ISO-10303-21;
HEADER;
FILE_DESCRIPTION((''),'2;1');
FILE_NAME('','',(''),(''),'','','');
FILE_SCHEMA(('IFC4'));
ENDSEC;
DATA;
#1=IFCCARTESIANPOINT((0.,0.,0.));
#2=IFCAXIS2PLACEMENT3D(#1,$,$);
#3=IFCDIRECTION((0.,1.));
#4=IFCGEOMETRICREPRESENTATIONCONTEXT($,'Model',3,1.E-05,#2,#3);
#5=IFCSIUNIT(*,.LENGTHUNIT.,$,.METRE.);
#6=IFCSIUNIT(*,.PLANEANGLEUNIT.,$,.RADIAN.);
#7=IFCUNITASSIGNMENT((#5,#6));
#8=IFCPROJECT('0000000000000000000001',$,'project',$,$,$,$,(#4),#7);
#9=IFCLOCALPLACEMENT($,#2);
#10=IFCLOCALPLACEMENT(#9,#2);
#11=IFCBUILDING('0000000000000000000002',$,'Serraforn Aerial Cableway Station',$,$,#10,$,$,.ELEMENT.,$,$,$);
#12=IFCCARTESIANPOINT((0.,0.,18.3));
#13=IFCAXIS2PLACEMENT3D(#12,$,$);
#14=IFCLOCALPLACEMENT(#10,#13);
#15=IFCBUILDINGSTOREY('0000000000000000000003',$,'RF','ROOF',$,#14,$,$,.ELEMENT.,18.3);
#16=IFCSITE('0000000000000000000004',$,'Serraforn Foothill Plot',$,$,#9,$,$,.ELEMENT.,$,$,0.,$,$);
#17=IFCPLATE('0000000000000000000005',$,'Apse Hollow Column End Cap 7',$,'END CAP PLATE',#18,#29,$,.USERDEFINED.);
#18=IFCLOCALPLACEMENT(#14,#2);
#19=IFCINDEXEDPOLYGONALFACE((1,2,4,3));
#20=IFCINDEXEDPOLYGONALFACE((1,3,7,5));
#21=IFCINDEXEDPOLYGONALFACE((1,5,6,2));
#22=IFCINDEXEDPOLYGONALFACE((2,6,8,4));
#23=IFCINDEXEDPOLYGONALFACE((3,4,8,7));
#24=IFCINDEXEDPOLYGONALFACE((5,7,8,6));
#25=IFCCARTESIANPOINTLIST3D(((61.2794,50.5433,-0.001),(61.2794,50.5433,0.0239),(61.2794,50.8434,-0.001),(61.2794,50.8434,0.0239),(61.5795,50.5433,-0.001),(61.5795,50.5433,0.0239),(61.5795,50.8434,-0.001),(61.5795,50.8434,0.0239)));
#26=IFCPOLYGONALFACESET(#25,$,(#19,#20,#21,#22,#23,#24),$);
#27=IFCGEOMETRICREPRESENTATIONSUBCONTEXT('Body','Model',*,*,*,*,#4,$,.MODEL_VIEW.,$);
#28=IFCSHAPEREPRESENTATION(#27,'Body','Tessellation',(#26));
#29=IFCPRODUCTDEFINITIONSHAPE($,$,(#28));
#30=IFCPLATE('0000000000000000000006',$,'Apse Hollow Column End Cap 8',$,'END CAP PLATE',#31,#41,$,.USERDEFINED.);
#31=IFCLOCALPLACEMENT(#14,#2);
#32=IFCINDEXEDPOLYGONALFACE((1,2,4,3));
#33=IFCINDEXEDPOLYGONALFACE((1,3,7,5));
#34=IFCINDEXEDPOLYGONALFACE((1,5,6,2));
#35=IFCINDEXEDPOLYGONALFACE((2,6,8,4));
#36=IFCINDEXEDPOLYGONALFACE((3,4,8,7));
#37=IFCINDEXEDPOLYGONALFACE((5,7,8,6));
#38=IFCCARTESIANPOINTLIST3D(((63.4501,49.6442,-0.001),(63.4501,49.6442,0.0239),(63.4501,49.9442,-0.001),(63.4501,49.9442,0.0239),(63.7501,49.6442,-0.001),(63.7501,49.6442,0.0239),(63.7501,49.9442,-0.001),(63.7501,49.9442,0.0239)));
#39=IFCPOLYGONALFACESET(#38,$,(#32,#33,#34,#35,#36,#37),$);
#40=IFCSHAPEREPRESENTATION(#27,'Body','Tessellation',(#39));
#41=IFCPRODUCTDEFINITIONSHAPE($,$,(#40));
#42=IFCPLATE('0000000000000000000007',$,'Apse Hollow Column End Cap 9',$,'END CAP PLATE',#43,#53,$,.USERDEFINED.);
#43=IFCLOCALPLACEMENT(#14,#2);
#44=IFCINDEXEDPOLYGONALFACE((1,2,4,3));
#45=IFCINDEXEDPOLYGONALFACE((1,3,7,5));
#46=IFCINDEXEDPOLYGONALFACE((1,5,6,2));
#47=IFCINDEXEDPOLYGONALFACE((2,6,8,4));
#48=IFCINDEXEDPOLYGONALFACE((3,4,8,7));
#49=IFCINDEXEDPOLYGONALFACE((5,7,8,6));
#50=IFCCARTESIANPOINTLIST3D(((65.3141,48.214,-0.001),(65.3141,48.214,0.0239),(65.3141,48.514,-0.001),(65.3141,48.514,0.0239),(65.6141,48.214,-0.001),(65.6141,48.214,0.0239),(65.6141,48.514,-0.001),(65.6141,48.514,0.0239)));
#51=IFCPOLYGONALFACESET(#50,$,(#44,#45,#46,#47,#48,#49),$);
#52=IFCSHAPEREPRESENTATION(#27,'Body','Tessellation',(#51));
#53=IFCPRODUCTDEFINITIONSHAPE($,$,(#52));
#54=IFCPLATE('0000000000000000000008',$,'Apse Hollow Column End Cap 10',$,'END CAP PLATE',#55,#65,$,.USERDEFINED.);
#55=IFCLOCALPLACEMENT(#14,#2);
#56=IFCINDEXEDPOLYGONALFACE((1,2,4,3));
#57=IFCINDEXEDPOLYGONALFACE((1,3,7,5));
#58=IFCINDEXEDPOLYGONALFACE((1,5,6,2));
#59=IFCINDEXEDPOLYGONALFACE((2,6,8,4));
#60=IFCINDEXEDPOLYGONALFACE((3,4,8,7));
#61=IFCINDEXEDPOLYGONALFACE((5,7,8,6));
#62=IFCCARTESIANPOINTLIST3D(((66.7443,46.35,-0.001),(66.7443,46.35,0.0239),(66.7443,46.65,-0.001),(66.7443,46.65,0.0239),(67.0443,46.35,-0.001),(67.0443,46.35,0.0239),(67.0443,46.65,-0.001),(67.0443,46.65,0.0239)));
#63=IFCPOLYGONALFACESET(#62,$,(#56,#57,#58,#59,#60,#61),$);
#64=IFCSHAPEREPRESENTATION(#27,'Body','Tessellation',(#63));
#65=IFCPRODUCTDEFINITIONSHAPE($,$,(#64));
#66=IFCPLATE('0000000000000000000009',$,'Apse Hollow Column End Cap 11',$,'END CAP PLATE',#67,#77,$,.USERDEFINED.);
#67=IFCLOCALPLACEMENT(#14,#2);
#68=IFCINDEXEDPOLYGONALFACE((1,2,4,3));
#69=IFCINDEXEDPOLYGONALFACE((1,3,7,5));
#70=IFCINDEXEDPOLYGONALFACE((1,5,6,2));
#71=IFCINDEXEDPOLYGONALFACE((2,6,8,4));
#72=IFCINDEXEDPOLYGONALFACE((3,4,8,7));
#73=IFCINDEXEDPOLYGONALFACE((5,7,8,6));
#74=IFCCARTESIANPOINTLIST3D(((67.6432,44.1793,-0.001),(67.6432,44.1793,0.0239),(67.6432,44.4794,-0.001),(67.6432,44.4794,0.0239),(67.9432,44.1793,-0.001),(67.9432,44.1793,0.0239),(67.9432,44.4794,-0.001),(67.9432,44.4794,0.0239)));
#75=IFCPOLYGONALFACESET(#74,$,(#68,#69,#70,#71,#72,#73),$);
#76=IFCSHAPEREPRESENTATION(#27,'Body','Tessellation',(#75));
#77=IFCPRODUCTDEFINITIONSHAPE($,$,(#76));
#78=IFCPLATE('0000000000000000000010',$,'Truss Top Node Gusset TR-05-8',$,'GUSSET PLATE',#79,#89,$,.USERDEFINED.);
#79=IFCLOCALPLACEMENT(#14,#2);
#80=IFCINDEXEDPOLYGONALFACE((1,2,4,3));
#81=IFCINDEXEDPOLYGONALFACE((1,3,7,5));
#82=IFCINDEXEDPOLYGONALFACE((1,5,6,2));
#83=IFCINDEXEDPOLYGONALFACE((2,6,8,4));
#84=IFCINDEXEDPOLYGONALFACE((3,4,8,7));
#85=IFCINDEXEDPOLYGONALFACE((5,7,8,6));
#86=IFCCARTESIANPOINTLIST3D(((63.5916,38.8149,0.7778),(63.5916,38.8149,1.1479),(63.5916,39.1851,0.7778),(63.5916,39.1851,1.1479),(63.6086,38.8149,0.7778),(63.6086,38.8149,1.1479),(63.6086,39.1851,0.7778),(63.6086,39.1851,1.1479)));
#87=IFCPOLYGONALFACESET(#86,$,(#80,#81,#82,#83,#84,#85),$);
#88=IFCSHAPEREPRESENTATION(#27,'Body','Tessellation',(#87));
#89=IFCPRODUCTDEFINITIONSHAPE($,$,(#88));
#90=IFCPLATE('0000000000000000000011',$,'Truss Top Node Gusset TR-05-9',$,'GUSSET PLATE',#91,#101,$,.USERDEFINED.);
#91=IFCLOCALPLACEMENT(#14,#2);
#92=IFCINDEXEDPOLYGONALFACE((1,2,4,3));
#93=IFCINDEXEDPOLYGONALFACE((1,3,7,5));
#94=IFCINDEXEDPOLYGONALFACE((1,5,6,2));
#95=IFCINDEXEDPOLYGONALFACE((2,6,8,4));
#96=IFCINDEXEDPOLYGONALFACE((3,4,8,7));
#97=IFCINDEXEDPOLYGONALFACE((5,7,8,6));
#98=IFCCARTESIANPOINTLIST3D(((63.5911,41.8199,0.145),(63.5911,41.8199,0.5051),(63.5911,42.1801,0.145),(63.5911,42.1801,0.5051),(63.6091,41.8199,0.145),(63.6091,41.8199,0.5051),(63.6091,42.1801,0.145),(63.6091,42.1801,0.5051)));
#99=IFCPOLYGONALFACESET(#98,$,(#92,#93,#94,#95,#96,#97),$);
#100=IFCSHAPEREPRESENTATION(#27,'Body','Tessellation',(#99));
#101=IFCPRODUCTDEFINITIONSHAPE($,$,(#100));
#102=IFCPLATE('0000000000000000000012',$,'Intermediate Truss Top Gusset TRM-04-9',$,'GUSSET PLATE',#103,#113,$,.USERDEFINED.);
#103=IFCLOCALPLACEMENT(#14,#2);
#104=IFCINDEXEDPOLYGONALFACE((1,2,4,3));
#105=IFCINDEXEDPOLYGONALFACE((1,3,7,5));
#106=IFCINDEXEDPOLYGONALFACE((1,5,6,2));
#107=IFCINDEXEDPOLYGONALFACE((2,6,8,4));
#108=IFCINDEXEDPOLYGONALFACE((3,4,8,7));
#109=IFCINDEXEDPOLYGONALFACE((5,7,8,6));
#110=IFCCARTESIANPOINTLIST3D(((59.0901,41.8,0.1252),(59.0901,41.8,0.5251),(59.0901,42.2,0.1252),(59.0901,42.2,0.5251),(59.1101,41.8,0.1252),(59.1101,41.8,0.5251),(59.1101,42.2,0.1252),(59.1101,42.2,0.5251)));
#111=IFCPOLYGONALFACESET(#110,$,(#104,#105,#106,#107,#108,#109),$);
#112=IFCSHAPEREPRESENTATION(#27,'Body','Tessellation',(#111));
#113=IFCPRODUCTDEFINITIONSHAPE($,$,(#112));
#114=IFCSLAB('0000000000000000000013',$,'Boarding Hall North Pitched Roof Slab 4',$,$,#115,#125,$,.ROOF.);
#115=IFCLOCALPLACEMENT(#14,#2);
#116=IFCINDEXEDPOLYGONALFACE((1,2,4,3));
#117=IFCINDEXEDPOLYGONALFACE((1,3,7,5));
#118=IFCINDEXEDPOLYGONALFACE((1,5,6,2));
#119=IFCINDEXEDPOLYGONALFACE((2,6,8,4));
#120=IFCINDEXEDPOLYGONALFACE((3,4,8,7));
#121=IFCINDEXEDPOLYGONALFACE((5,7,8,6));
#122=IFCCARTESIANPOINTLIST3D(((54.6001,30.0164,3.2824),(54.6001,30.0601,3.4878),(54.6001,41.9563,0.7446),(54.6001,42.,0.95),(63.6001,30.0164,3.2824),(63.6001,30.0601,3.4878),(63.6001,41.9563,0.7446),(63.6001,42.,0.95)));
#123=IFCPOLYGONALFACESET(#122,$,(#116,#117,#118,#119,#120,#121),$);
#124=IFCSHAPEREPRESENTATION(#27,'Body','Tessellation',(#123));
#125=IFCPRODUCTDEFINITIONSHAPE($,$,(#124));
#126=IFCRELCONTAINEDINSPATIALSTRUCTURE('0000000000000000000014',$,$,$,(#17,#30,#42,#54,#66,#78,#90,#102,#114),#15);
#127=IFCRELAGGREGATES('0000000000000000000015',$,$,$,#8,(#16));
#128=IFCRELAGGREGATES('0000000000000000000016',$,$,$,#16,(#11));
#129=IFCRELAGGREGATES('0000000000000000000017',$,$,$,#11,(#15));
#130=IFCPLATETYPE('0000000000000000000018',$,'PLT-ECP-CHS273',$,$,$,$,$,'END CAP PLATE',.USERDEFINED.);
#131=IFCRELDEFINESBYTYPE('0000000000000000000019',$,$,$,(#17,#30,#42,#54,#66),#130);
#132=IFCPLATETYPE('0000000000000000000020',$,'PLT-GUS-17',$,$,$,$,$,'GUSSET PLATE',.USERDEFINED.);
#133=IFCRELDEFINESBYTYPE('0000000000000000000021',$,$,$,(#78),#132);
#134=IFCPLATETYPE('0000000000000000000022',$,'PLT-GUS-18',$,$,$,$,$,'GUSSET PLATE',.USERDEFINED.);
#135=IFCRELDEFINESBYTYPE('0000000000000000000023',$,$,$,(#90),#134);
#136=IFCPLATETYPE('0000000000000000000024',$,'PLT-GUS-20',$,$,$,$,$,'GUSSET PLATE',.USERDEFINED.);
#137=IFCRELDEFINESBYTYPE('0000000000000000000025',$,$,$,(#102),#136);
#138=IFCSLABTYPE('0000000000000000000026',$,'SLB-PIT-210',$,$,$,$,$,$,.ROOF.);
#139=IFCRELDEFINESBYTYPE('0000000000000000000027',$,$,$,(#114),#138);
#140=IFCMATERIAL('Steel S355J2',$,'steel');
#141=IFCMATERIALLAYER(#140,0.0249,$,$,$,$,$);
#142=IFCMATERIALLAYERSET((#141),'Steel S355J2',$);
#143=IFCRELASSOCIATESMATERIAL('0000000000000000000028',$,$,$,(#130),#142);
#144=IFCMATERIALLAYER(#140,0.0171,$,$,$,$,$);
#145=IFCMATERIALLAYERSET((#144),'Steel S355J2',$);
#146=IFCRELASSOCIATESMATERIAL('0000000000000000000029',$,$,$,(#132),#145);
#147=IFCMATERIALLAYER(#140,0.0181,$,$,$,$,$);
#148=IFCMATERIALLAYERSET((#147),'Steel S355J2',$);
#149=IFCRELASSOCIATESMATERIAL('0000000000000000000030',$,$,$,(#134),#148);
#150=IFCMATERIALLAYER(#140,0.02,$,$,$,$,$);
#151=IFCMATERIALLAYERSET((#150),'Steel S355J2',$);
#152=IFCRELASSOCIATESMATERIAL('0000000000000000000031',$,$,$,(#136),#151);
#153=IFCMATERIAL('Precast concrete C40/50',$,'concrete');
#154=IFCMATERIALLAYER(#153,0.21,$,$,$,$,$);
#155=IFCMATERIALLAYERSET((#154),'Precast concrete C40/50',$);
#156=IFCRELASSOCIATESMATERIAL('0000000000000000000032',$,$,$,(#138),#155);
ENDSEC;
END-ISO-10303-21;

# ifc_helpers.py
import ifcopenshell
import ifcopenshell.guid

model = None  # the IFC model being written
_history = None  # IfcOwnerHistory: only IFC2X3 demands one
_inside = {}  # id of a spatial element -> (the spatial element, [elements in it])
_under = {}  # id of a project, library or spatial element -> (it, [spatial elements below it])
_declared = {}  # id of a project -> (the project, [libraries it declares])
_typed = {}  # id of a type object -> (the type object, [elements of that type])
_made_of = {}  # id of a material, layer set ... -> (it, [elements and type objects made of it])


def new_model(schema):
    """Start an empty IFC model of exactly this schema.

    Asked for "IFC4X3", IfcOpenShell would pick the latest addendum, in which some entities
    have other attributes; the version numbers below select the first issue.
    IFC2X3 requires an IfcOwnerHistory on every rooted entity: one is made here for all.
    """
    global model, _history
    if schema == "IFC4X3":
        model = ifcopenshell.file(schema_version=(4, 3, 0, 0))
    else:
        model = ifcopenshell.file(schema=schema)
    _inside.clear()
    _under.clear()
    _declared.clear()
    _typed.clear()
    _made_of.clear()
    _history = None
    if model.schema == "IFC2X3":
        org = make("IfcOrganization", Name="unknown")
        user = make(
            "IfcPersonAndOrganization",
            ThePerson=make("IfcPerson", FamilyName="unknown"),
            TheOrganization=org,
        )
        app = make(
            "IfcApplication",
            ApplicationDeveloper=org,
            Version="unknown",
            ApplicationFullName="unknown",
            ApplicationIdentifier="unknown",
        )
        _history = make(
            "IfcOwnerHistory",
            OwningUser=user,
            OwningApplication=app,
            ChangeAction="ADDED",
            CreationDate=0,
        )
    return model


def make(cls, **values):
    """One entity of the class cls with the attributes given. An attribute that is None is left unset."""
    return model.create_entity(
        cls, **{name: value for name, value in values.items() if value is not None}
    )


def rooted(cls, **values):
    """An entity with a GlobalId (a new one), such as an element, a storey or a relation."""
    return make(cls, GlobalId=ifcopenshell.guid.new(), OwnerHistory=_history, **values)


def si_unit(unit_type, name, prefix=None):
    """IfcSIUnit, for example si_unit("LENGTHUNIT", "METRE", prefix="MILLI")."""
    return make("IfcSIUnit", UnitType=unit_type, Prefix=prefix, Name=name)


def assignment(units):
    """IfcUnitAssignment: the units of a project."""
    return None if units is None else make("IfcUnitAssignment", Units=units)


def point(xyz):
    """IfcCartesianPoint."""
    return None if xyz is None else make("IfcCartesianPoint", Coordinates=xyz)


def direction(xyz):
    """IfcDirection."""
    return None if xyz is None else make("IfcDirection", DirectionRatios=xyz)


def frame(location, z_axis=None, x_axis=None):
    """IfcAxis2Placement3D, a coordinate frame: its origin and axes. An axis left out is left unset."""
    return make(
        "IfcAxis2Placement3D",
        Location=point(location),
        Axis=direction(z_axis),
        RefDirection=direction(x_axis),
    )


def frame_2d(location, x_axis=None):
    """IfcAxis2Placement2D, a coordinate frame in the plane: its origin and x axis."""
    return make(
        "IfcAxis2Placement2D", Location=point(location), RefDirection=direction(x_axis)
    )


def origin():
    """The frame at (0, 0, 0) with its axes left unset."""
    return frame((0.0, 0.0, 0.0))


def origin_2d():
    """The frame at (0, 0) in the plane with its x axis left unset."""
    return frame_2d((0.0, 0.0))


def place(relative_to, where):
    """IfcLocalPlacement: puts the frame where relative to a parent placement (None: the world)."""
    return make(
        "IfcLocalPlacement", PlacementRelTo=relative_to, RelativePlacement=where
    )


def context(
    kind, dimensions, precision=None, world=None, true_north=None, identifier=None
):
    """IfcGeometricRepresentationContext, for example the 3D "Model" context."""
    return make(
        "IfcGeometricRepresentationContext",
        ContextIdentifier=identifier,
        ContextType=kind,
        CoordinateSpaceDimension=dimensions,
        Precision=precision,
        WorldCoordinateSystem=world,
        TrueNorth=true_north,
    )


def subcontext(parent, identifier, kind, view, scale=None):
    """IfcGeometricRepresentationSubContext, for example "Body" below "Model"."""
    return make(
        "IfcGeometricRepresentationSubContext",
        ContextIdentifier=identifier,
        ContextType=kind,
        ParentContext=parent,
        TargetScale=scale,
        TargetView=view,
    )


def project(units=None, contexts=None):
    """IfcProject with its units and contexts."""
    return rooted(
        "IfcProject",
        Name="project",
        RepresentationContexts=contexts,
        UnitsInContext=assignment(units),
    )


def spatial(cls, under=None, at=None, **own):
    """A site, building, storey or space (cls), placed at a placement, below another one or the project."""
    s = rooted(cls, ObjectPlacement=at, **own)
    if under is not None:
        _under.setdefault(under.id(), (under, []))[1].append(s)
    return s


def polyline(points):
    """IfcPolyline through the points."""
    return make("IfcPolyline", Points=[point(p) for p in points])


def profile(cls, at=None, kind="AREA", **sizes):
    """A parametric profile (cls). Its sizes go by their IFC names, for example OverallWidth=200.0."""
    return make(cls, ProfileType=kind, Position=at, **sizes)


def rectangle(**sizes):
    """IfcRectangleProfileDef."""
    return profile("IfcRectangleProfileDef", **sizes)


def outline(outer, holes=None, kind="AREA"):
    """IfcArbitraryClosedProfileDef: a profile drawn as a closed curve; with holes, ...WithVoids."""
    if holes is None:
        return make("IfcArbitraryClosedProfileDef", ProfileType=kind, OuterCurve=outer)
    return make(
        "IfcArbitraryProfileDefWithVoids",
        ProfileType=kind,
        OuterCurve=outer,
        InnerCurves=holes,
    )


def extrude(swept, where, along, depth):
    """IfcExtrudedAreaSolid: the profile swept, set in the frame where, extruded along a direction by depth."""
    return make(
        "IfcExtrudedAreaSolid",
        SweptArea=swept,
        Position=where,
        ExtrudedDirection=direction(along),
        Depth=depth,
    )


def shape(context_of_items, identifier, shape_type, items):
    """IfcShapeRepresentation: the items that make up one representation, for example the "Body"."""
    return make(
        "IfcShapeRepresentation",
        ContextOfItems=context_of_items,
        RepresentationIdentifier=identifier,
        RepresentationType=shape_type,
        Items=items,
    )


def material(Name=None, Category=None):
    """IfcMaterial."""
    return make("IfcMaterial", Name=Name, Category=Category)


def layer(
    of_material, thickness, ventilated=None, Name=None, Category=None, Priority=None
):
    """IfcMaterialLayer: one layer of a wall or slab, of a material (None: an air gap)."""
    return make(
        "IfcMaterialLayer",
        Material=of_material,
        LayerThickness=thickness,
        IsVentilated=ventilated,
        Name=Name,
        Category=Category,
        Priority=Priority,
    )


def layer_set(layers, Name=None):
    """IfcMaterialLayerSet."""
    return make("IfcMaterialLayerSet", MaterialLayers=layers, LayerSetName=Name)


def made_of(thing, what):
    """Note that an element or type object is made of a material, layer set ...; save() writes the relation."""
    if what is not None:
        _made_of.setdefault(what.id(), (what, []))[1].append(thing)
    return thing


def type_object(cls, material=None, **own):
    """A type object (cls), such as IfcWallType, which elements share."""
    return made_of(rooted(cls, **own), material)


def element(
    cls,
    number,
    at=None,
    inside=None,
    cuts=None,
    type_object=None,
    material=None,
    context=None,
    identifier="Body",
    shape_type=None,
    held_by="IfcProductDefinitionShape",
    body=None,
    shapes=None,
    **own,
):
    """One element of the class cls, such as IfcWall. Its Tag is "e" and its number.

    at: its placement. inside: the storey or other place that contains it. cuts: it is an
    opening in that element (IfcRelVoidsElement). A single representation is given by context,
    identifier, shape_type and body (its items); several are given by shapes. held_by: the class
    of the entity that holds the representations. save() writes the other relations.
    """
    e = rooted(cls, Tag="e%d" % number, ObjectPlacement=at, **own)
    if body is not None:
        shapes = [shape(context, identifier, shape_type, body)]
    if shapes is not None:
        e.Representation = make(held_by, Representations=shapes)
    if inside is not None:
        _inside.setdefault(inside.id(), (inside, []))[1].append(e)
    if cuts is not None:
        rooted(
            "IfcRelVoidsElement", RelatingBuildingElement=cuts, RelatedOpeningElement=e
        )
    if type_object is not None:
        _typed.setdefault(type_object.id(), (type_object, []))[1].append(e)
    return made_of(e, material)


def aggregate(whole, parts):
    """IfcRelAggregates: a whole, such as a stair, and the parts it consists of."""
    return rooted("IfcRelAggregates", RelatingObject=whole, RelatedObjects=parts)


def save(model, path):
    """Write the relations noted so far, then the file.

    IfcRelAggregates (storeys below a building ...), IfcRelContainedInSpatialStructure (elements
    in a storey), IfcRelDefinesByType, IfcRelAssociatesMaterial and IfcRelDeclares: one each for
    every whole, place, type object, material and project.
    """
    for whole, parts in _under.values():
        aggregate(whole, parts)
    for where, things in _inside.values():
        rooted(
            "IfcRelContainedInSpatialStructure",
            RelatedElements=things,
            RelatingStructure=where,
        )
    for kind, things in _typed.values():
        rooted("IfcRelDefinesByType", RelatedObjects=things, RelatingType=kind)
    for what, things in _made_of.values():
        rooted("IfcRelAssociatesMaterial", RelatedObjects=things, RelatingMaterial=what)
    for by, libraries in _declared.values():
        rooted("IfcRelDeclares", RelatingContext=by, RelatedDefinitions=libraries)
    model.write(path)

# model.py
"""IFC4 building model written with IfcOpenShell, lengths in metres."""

from ifc_helpers import new_model, si_unit, direction, frame, origin, origin_2d, place, context, subcontext, project, spatial, polyline, rectangle, outline, extrude, material, layer, layer_set, type_object, element, save


model = new_model("IFC4")

# Units and contexts
model_context = context("Model", 3, precision=1e-05, world=origin(), true_north=direction((0.0, 1.0)))
body_context = subcontext(model_context, "Body", "Model", "MODEL_VIEW")
ifc_project = project(units=[si_unit("LENGTHUNIT", "METRE"), si_unit("PLANEANGLEUNIT", "RADIAN")], contexts=[model_context])

# Site, building, storey
site_placement = place(None, origin())
site = spatial("IfcSite", under=ifc_project, at=site_placement, Name="Serraforn Foothill Plot", CompositionType="ELEMENT", RefElevation=0.0)
building_placement = place(site_placement, origin())
building = spatial("IfcBuilding", under=site, at=building_placement, Name="Serraforn Aerial Cableway Station", CompositionType="ELEMENT")
storey_placement = place(building_placement, frame((0.0, 0.0, 18.3)))
storey = spatial("IfcBuildingStorey", under=building, at=storey_placement, Name="RF", Description="ROOF", CompositionType="ELEMENT", Elevation=18.3)

# Shared definitions
ifc_material_1 = material(Name="Steel S355J2", Category="steel")

# Plates
ifc_layer_1 = layer(ifc_material_1, 0.0249)
ifc_layer_set_1 = layer_set([ifc_layer_1], Name="Steel S355J2")
plate_type_1 = type_object("IfcPlateType", Name="PLT-ECP-CHS273", ElementType="END CAP PLATE", PredefinedType="USERDEFINED", material=ifc_layer_set_1)
for number, where, z_axis, x_axis, name in (
    (1, (61.4294, 50.6934, -0.001), (0.0, 0.0, 1.0), (1.0, 0.0, 0.0), "Apse Hollow Column End Cap 7"),
    (2, (63.6001, 49.7942, -0.001), (0.0, 0.0, 1.0), (1.0, 0.0, 0.0), "Apse Hollow Column End Cap 8"),
    (3, (65.4641, 48.364, -0.001), (0.0, 0.0, 1.0), (1.0, 0.0, 0.0), "Apse Hollow Column End Cap 9"),
    (4, (66.8943, 46.5, -0.001), (0.0, 0.0, 1.0), (1.0, 0.0, 0.0), "Apse Hollow Column End Cap 10"),
    (5, (67.7932, 44.3293, -0.001), (0.0, 0.0, 1.0), (1.0, 0.0, 0.0), "Apse Hollow Column End Cap 11"),
):
    element("IfcPlate", number, at=place(storey_placement, frame(where, z_axis=z_axis, x_axis=x_axis)), inside=storey, type_object=plate_type_1, Name=name, ObjectType="END CAP PLATE", PredefinedType="USERDEFINED", context=body_context, shape_type="SweptSolid", body=[
        extrude(rectangle(XDim=0.3, YDim=0.3, at=origin_2d()), origin(), (0.0, 0.0, 1.0), 0.0249),
    ])
ifc_layer_2 = layer(ifc_material_1, 0.0171)
ifc_layer_set_2 = layer_set([ifc_layer_2], Name="Steel S355J2")
plate_type_2 = type_object("IfcPlateType", Name="PLT-GUS-17", ElementType="GUSSET PLATE", PredefinedType="USERDEFINED", material=ifc_layer_set_2)
plate_1_placement = place(storey_placement, frame((63.6001, 39.0, 0.7778), z_axis=(0.0, 0.0, 1.0), x_axis=(1.0, 0.0, 0.0)))
element("IfcPlate", 6, at=plate_1_placement, inside=storey, type_object=plate_type_2, Name="Truss Top Node Gusset TR-05-8", ObjectType="GUSSET PLATE", PredefinedType="USERDEFINED", context=body_context, shape_type="SweptSolid", body=[
    extrude(rectangle(XDim=0.0171, YDim=0.3701, at=origin_2d()), origin(), (0.0, 0.0, 1.0), 0.3701),
])
ifc_layer_3 = layer(ifc_material_1, 0.0181)
ifc_layer_set_3 = layer_set([ifc_layer_3], Name="Steel S355J2")
plate_type_3 = type_object("IfcPlateType", Name="PLT-GUS-18", ElementType="GUSSET PLATE", PredefinedType="USERDEFINED", material=ifc_layer_set_3)
plate_2_placement = place(storey_placement, frame((63.6001, 42.0, 0.145), z_axis=(0.0, 0.0, 1.0), x_axis=(1.0, 0.0, 0.0)))
element("IfcPlate", 7, at=plate_2_placement, inside=storey, type_object=plate_type_3, Name="Truss Top Node Gusset TR-05-9", ObjectType="GUSSET PLATE", PredefinedType="USERDEFINED", context=body_context, shape_type="SweptSolid", body=[
    extrude(rectangle(XDim=0.0181, YDim=0.3601, at=origin_2d()), origin(), (0.0, 0.0, 1.0), 0.3601),
])
ifc_layer_4 = layer(ifc_material_1, 0.02)
ifc_layer_set_4 = layer_set([ifc_layer_4], Name="Steel S355J2")
plate_type_4 = type_object("IfcPlateType", Name="PLT-GUS-20", ElementType="GUSSET PLATE", PredefinedType="USERDEFINED", material=ifc_layer_set_4)
plate_3_placement = place(storey_placement, frame((59.1001, 42.0, 0.1252), z_axis=(0.0, 0.0, 1.0), x_axis=(1.0, 0.0, 0.0)))
element("IfcPlate", 8, at=plate_3_placement, inside=storey, type_object=plate_type_4, Name="Intermediate Truss Top Gusset TRM-04-9", ObjectType="GUSSET PLATE", PredefinedType="USERDEFINED", context=body_context, shape_type="SweptSolid", body=[
    extrude(rectangle(XDim=0.02, YDim=0.3999, at=origin_2d()), origin(), (0.0, 0.0, 1.0), 0.3999),
])

# Slab
ifc_material_2 = material(Name="Precast concrete C40/50", Category="concrete")
ifc_layer_5 = layer(ifc_material_2, 0.21)
ifc_layer_set_5 = layer_set([ifc_layer_5], Name="Precast concrete C40/50")
slab_type = type_object("IfcSlabType", Name="SLB-PIT-210", PredefinedType="ROOF", material=ifc_layer_set_5)
slab_placement = place(storey_placement, frame((63.6001, 42.0, 0.95), z_axis=(0.0, 0.207906, 0.978149), x_axis=(-1.0, 0.0, 0.0)))
element("IfcSlab", 9, at=slab_placement, inside=storey, type_object=slab_type, Name="Boarding Hall North Pitched Roof Slab 4", PredefinedType="ROOF", context=body_context, shape_type="SweptSolid", body=[
    extrude(outline(polyline([(0.0, 0.0), (9.0, 0.0), (9.0, 12.2067), (0.0, 12.2067), (0.0, 0.0)])), origin(), (0.0, 0.0, -1.0), 0.21),
])

save(model, "model.ifc")
